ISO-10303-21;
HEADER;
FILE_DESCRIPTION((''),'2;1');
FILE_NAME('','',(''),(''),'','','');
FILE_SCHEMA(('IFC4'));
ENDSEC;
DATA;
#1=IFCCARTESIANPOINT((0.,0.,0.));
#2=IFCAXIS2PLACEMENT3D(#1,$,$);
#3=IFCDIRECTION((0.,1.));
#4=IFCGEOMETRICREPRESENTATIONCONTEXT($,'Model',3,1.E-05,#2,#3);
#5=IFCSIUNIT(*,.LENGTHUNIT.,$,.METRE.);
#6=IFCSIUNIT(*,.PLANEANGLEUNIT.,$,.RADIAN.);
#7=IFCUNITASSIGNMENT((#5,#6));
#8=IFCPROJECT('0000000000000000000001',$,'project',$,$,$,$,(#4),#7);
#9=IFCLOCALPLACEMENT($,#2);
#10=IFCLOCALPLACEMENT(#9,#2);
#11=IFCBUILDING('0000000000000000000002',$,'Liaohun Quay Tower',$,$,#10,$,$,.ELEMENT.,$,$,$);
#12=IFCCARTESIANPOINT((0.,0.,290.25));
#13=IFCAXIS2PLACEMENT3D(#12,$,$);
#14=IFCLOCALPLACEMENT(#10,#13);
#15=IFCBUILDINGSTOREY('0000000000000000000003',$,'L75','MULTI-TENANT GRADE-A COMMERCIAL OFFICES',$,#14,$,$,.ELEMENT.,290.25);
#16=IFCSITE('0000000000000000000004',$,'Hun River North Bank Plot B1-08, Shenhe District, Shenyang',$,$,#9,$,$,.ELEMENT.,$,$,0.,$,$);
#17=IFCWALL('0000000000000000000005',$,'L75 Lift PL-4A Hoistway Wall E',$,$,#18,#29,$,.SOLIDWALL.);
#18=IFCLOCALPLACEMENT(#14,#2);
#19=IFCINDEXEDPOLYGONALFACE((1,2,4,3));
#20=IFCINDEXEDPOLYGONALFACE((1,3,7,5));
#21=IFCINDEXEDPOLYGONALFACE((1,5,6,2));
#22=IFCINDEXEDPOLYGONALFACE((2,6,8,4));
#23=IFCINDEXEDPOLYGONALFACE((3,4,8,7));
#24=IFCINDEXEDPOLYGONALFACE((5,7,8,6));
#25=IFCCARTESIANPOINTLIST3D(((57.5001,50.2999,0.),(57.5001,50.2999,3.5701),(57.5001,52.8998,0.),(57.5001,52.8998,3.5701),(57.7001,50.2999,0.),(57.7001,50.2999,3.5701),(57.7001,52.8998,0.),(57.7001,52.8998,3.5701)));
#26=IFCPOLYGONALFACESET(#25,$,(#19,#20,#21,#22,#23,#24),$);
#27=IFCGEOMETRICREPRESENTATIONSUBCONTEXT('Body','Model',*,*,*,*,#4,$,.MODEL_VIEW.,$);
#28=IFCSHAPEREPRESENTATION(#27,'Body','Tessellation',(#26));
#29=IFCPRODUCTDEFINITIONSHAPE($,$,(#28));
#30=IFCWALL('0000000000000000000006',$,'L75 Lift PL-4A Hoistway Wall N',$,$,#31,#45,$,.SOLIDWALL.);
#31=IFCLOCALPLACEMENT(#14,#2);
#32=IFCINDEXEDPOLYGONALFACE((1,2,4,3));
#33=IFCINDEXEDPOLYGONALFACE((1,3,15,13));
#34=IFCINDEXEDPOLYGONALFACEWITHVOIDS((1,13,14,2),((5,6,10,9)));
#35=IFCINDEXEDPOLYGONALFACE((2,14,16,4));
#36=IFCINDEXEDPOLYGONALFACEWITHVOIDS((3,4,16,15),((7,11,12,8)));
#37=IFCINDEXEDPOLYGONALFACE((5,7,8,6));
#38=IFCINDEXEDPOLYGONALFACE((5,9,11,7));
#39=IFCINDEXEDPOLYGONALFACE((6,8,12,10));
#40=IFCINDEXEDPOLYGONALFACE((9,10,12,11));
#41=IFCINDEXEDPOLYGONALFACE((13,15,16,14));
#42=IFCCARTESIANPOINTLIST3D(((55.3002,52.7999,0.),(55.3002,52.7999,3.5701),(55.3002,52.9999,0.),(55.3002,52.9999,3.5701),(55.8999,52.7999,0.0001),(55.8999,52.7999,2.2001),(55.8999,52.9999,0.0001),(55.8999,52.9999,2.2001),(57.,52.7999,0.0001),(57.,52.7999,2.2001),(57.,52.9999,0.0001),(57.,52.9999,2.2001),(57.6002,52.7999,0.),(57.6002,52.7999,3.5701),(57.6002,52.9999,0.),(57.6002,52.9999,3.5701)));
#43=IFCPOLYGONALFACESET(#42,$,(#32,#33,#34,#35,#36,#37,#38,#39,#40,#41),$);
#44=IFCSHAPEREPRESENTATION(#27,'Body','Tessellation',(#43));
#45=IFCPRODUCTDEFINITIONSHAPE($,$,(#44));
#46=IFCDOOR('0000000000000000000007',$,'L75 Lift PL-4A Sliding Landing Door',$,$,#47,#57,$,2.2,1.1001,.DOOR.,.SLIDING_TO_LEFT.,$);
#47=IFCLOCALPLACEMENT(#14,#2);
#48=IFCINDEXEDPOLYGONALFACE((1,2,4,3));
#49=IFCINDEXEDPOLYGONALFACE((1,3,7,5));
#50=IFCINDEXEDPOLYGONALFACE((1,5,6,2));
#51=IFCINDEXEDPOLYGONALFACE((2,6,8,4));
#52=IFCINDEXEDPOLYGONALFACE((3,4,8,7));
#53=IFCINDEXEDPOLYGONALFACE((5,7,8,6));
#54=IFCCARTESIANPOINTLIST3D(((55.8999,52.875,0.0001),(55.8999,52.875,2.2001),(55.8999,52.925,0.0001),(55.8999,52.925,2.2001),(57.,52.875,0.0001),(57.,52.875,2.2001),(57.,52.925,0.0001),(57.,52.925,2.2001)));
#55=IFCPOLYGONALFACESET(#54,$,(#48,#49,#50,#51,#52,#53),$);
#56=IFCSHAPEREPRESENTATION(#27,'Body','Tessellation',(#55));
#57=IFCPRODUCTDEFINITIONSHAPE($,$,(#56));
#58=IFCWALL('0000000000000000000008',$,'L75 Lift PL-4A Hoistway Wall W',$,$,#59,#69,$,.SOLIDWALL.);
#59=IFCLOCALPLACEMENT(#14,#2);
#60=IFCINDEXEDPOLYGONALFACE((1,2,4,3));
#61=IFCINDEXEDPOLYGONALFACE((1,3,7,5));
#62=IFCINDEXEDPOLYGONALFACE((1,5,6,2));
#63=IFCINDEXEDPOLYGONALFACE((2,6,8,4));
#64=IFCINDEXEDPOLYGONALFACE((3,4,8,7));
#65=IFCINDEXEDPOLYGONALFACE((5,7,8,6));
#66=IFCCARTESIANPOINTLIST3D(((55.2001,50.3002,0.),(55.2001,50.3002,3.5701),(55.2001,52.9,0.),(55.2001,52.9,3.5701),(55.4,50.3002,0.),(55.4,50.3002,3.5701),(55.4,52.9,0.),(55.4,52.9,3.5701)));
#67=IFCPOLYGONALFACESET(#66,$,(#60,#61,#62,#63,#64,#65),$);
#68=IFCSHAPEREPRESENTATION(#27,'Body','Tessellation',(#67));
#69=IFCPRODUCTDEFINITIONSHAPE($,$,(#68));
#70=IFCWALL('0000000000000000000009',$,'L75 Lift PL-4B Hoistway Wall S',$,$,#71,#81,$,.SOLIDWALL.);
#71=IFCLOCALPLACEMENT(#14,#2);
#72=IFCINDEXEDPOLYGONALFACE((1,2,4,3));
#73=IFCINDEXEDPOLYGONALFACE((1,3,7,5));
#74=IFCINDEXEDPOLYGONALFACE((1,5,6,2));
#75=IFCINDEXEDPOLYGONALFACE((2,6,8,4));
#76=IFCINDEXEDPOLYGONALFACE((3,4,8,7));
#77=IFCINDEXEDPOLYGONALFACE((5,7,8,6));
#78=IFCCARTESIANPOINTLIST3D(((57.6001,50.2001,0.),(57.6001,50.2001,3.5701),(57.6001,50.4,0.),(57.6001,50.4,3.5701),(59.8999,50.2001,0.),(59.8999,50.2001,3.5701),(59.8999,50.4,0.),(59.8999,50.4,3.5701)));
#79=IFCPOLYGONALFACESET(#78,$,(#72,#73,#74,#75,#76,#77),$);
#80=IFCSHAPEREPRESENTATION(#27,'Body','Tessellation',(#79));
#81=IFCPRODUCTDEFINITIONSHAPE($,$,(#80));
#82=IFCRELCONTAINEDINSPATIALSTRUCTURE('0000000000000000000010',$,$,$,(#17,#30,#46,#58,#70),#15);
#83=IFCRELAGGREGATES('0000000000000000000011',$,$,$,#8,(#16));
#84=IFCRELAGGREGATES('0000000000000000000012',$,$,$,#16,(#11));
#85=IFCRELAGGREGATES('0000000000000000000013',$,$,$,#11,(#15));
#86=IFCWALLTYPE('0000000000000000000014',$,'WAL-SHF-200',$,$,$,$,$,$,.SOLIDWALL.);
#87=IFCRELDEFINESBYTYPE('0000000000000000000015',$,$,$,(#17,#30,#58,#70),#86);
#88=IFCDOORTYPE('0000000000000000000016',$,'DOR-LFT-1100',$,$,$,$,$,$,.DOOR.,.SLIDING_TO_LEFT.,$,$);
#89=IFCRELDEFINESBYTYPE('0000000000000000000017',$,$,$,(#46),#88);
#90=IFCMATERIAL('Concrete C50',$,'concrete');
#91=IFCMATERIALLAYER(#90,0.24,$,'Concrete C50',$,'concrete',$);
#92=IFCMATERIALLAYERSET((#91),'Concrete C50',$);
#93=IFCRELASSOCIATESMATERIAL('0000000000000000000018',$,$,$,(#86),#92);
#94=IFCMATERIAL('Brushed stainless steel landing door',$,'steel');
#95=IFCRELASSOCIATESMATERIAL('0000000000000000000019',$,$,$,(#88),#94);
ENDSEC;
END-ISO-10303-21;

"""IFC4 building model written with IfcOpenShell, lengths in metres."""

from ifc_helpers import new_model, si_unit, direction, frame, frame_2d, origin, place, context, subcontext, project, spatial, rectangle, extrude, source, transform, mapped, material, layer, layer_set, type_object, element, fill, save


model = new_model("IFC4")

# Units and contexts
model_context = context("Model", 3, precision=1e-05, world=origin(), true_north=direction((0.0, 1.0)))
body_context = subcontext(model_context, "Body", "Model", "MODEL_VIEW")
ifc_project = project(units=[si_unit("LENGTHUNIT", "METRE"), si_unit("PLANEANGLEUNIT", "RADIAN")], contexts=[model_context])

# Site, building, storey
site_placement = place(None, origin())
site = spatial("IfcSite", under=ifc_project, at=site_placement, Name="Hun River North Bank Plot B1-08, Shenhe District, Shenyang", CompositionType="ELEMENT", RefElevation=0.0)
building_placement = place(site_placement, origin())
building = spatial("IfcBuilding", under=site, at=building_placement, Name="Liaohun Quay Tower", CompositionType="ELEMENT")
storey_placement = place(building_placement, frame((0.0, 0.0, 290.25)))
storey = spatial("IfcBuildingStorey", under=building, at=storey_placement, Name="L75", Description="MULTI-TENANT GRADE-A COMMERCIAL OFFICES", CompositionType="ELEMENT", Elevation=290.25)

# Shared definitions
ifc_material_1 = material(Name="Concrete C50", Category="concrete")

# Shared definitions
ifc_layer_1 = layer(ifc_material_1, 0.24, Name="Concrete C50", Category="concrete")
ifc_layer_set_1 = layer_set([ifc_layer_1], Name="Concrete C50")
wall_type_1 = type_object("IfcWallType", Name="WAL-SHF-200", PredefinedType="SOLIDWALL", material=ifc_layer_set_1)

# Wall
wall_1_placement = place(storey_placement, frame((57.6001, 50.3, 0.0), z_axis=(0.0, 0.0, 1.0), x_axis=(0.0, 1.0, 0.0)))
element("IfcWall", 1, at=wall_1_placement, inside=storey, type_object=wall_type_1, Name="L75 Lift PL-4A Hoistway Wall E", PredefinedType="SOLIDWALL", context=body_context, shape_type="SweptSolid", body=[
    extrude(rectangle(XDim=2.5999, YDim=0.2, at=frame_2d((1.2998, 0.0))), origin(), (0.0, 0.0, 1.0), 3.5701),
])

# Wall, opening, door
wall_2_placement = place(storey_placement, frame((57.6001, 52.8999, 0.0), z_axis=(0.0, 0.0, 1.0), x_axis=(-1.0, 0.0, 0.0)))
wall_2 = element("IfcWall", 2, at=wall_2_placement, inside=storey, type_object=wall_type_1, Name="L75 Lift PL-4A Hoistway Wall N", PredefinedType="SOLIDWALL", context=body_context, shape_type="SweptSolid", body=[
    extrude(rectangle(XDim=2.3, YDim=0.2, at=frame_2d((1.1499, 0.0))), origin(), (0.0, 0.0, 1.0), 3.5701),
])
shared_shape_1 = source(origin(), body_context, "Body", "SweptSolid", [
    extrude(rectangle(XDim=1.1001, YDim=2.2, at=frame_2d((0.55, 1.1001))), frame((0.0, 0.1099, 0.0), z_axis=(0.0, -1.0, 0.0), x_axis=(1.0, 0.0, 0.0)), (0.0, 0.0, 1.0), 0.22),
])
opening_1_placement = place(wall_2_placement, frame((0.6001, 0.0, 0.0)))
opening_1 = element("IfcOpeningElement", 3, at=opening_1_placement, cuts=wall_2, PredefinedType="OPENING", context=body_context, shape_type="MappedRepresentation", body=[
    mapped(shared_shape_1, transform((0.0, 0.0, 0.0), x_axis=(1.0, 0.0, 0.0), y_axis=(0.0, 1.0, 0.0), z_axis=(0.0, 0.0, 1.0), scale=1.0)),
])
ifc_material_2 = material(Name="Brushed stainless steel landing door", Category="steel")
door_type_1 = type_object("IfcDoorType", Name="DOR-LFT-1100", OperationType="SLIDING_TO_LEFT", PredefinedType="DOOR", material=ifc_material_2)
shared_shape_2 = source(origin(), body_context, "Body", "SweptSolid", [
    extrude(rectangle(XDim=1.1001, YDim=2.2, at=frame_2d((0.55, 1.1001))), frame((0.0, 0.0249, 0.0), z_axis=(0.0, -1.0, 0.0), x_axis=(1.0, 0.0, 0.0)), (0.0, 0.0, 1.0), 0.05),
])
door_1_placement = place(opening_1_placement, origin())
door_1 = element("IfcDoor", 4, at=door_1_placement, inside=storey, type_object=door_type_1, Name="L75 Lift PL-4A Sliding Landing Door", OperationType="SLIDING_TO_LEFT", OverallHeight=2.2, OverallWidth=1.1001, PredefinedType="DOOR", context=body_context, shape_type="MappedRepresentation", body=[
    mapped(shared_shape_2, transform((0.0, 0.0, 0.0), x_axis=(1.0, 0.0, 0.0), y_axis=(0.0, 1.0, 0.0), z_axis=(0.0, 0.0, 1.0), scale=1.0)),
])
fill(opening_1, door_1)

# Walls
wall_3_placement = place(storey_placement, frame((55.3, 52.8999, 0.0), z_axis=(0.0, 0.0, 1.0), x_axis=(0.0, -1.0, 0.0)))
element("IfcWall", 5, at=wall_3_placement, inside=storey, type_object=wall_type_1, Name="L75 Lift PL-4A Hoistway Wall W", PredefinedType="SOLIDWALL", context=body_context, shape_type="SweptSolid", body=[
    extrude(rectangle(XDim=2.5999, YDim=0.2, at=frame_2d((1.2998, 0.0))), origin(), (0.0, 0.0, 1.0), 3.5701),
])
wall_4_placement = place(storey_placement, frame((57.6001, 50.3, 0.0), z_axis=(0.0, 0.0, 1.0), x_axis=(1.0, 0.0, 0.0)))
element("IfcWall", 6, at=wall_4_placement, inside=storey, type_object=wall_type_1, Name="L75 Lift PL-4B Hoistway Wall S", PredefinedType="SOLIDWALL", context=body_context, shape_type="SweptSolid", body=[
    extrude(rectangle(XDim=2.2998, YDim=0.2, at=frame_2d((1.1499, 0.0))), origin(), (0.0, 0.0, 1.0), 3.5701),
])

save(model, "model.ifc")
